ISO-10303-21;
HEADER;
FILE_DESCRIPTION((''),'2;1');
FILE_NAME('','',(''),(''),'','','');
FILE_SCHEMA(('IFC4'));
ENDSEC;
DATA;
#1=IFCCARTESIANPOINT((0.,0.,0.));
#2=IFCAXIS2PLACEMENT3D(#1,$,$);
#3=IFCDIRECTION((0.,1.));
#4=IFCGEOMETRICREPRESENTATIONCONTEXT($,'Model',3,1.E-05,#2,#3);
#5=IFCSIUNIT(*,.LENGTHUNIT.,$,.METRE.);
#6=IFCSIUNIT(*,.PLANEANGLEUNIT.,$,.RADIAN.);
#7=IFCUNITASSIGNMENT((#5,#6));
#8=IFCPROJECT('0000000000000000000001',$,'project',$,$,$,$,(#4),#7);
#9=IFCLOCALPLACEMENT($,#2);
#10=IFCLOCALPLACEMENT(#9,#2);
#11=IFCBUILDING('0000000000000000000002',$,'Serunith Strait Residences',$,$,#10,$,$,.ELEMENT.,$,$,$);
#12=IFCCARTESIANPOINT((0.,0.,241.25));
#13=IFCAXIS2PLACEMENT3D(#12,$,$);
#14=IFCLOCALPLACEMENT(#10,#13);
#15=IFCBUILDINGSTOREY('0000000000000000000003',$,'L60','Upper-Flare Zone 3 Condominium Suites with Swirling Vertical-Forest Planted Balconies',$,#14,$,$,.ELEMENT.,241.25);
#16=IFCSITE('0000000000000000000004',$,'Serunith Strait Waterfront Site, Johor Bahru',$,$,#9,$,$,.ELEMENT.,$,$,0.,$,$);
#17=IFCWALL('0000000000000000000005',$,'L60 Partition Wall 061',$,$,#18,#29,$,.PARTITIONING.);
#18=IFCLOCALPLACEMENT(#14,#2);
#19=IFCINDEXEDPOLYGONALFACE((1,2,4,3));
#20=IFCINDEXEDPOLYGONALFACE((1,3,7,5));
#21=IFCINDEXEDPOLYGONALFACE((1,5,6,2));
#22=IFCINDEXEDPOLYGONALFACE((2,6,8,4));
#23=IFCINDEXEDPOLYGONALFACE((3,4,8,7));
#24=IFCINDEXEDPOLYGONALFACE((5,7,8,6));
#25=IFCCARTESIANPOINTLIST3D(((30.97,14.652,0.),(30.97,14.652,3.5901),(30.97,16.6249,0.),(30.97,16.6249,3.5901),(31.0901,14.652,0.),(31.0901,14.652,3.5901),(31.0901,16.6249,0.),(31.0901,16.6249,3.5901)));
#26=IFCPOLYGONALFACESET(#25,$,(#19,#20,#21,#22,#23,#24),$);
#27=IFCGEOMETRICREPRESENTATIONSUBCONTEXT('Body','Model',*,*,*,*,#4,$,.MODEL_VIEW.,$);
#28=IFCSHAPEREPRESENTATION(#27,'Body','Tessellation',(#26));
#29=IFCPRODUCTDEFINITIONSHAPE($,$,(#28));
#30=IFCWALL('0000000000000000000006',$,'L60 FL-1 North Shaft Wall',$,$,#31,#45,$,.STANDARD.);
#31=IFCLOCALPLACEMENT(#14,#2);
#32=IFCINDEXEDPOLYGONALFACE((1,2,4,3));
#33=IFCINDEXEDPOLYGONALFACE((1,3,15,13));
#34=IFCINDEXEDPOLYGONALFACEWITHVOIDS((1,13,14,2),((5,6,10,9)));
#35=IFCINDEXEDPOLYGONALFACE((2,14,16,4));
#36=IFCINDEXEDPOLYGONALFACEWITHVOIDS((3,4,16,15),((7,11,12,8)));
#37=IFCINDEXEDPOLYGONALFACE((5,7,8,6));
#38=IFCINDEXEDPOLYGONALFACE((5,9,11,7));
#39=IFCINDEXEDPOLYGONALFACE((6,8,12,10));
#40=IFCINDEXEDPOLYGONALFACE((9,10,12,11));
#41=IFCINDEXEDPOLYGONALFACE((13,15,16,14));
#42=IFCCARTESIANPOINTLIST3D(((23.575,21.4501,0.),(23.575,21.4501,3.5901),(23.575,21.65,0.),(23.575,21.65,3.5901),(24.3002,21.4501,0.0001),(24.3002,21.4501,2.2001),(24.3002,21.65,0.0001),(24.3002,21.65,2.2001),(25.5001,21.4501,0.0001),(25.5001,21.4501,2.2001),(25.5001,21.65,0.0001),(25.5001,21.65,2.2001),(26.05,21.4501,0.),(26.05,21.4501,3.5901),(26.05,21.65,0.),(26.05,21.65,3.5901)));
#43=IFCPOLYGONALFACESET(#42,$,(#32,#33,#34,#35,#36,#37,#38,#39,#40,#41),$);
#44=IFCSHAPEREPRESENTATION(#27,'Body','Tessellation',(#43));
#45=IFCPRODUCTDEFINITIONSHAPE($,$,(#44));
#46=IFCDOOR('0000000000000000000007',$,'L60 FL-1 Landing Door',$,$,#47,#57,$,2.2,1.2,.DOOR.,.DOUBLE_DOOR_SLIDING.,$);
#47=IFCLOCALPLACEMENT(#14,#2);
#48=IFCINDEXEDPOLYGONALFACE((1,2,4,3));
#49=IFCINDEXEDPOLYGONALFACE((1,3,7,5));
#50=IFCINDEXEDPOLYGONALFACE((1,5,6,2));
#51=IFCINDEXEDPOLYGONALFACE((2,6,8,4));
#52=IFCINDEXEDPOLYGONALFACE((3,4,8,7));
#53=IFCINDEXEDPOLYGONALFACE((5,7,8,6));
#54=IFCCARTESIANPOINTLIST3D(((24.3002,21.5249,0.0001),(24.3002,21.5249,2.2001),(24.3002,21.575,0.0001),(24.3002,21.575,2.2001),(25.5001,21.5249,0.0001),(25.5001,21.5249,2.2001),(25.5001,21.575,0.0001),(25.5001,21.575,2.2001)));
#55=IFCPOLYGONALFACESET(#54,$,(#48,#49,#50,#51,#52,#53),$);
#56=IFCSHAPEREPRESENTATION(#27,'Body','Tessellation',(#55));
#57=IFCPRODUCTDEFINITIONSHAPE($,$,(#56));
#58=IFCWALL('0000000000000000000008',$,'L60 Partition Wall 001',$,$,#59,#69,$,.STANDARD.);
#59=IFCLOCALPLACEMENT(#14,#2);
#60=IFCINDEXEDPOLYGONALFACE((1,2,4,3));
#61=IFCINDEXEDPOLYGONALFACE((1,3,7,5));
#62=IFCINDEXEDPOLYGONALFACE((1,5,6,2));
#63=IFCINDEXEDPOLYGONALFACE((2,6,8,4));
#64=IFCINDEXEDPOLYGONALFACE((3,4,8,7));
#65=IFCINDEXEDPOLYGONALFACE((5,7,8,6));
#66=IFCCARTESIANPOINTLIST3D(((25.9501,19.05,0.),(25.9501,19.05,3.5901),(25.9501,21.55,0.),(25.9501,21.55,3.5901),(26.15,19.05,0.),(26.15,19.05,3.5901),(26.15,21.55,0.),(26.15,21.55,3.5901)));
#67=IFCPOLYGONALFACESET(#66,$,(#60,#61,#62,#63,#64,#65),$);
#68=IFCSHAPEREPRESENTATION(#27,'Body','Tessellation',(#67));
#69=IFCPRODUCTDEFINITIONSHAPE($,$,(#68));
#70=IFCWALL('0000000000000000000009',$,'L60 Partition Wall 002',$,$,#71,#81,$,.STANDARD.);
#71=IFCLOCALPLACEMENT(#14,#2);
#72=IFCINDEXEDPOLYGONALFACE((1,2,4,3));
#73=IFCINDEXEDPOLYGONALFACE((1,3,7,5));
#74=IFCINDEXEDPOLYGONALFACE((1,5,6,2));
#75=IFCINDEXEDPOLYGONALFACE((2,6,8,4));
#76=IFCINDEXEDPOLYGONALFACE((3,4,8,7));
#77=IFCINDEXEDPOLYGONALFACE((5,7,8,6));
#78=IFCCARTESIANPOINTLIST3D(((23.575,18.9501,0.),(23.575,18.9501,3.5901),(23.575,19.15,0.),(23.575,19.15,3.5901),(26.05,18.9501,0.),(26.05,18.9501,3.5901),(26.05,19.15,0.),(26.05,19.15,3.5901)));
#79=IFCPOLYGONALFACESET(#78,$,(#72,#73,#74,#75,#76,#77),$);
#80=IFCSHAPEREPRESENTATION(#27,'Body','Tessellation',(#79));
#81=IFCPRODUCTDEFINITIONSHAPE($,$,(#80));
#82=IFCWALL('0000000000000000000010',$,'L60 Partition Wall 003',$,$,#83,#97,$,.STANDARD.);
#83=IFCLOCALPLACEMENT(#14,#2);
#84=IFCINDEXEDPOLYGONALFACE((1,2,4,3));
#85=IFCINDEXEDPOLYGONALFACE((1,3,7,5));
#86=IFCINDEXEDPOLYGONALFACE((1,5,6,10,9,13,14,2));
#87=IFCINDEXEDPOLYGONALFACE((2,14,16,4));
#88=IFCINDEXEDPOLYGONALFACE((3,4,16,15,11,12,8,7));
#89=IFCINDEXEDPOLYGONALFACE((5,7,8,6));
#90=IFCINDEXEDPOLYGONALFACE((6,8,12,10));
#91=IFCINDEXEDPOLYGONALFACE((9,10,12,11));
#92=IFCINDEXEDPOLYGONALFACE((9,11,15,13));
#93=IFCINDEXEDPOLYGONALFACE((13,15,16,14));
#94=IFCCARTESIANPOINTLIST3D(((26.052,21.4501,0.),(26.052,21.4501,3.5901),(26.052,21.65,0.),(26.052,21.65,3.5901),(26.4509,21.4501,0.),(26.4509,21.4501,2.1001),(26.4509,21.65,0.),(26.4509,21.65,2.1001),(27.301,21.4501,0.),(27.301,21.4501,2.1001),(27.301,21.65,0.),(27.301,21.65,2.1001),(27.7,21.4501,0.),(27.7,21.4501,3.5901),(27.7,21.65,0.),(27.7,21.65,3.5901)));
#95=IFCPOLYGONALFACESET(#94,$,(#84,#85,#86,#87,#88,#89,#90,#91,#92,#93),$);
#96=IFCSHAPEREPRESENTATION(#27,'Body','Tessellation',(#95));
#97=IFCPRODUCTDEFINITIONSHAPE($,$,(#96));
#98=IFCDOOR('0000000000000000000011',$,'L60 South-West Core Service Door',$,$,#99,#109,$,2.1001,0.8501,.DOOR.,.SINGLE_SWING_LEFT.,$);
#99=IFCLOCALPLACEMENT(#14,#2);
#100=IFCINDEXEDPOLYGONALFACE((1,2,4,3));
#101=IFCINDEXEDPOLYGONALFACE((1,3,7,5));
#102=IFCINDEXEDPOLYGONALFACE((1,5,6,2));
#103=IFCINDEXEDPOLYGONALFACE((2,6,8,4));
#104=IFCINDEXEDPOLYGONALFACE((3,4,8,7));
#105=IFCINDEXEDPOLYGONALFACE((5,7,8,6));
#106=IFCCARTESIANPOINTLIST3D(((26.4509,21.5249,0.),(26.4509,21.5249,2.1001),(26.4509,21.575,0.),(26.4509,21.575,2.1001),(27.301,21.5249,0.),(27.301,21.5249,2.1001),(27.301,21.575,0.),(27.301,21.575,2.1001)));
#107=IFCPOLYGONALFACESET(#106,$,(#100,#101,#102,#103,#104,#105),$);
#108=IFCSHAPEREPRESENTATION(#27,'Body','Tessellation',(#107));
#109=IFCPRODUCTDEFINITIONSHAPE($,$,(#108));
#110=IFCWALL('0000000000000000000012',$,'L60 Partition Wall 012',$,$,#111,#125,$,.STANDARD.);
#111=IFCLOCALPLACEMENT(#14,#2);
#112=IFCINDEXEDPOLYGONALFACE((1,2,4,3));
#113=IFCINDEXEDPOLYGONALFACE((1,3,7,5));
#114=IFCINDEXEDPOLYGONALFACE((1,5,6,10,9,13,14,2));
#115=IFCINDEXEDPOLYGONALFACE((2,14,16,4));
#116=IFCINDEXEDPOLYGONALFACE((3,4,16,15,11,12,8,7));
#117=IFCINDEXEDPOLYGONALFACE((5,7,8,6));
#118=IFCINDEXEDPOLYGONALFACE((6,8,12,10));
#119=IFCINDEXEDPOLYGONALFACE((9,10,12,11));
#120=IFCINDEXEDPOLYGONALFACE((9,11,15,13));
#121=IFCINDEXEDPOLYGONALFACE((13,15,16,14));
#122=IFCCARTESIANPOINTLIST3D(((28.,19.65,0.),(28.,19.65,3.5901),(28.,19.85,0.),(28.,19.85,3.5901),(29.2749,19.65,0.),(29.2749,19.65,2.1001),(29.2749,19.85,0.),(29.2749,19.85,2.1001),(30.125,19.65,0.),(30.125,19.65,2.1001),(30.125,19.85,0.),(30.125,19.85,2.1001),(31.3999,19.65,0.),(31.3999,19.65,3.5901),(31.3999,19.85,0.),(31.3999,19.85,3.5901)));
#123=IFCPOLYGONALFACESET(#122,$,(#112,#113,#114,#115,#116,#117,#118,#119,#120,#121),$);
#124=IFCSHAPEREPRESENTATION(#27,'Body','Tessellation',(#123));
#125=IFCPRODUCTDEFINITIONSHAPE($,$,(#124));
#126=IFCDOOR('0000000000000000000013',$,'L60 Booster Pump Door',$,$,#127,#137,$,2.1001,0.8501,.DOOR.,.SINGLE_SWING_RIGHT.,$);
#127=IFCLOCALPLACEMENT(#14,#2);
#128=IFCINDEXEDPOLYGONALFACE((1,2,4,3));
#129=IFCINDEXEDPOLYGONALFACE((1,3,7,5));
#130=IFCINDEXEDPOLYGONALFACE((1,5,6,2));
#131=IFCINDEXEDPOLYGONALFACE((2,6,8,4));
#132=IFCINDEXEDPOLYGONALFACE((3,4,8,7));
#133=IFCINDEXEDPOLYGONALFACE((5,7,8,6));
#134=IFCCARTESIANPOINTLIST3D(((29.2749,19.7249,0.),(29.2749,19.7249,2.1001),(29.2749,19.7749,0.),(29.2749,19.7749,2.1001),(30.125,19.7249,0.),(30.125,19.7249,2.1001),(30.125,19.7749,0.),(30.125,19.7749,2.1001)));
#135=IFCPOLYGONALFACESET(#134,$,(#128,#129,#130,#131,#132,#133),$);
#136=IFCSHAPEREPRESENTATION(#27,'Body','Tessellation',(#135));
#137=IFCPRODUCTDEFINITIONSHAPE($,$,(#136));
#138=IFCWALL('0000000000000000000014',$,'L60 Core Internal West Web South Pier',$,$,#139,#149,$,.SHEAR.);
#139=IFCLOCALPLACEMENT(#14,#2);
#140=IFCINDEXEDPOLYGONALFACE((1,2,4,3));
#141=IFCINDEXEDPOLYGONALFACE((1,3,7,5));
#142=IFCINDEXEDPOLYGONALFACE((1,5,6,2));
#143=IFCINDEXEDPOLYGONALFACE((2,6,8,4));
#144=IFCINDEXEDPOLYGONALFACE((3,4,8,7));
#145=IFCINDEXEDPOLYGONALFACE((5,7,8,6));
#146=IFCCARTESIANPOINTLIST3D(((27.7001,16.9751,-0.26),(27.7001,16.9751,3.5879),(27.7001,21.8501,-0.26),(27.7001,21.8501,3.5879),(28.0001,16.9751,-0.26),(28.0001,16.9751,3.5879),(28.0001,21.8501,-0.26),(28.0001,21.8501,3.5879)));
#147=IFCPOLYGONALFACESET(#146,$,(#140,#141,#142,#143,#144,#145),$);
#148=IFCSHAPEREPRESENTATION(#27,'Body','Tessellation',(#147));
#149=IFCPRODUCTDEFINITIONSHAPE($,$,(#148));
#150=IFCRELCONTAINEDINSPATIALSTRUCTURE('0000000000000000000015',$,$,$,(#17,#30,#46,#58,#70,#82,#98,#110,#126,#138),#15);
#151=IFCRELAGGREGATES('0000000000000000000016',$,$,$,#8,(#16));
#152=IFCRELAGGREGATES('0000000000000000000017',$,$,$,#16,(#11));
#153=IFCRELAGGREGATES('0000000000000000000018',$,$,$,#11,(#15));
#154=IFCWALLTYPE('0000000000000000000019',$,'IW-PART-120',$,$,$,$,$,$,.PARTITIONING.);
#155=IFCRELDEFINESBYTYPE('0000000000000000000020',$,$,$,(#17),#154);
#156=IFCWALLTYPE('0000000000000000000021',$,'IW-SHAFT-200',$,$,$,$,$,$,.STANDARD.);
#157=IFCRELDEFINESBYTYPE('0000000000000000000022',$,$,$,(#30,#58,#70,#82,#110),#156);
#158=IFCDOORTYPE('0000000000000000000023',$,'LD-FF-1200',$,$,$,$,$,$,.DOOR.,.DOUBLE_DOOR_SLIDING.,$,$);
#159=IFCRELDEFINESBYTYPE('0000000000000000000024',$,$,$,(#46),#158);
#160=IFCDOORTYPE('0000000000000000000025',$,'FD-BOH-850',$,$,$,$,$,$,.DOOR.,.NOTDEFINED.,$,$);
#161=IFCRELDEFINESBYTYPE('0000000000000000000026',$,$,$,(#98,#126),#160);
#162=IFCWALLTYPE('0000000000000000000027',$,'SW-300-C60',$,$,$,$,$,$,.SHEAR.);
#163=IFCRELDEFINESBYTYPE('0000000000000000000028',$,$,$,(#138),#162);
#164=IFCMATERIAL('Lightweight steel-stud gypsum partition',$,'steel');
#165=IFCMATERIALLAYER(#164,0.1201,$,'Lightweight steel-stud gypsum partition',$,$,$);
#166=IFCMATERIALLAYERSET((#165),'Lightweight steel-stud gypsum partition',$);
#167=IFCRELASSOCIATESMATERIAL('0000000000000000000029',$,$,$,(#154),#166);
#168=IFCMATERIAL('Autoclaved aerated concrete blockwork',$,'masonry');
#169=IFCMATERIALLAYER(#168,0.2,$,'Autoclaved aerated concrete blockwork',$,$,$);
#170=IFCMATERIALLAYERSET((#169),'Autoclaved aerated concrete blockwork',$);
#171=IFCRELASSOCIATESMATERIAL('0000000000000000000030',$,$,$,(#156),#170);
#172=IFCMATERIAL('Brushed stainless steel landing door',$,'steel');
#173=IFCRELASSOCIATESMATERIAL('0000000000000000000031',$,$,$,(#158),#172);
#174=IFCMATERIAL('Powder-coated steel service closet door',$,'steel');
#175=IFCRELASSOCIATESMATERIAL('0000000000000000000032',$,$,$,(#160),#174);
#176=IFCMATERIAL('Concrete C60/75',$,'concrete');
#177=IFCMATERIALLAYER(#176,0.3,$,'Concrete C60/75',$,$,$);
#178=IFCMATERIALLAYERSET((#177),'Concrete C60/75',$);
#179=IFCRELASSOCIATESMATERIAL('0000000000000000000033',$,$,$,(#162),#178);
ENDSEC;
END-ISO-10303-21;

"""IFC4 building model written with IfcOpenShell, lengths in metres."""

from ifc_helpers import new_model, si_unit, direction, frame, frame_2d, origin, place, context, subcontext, project, spatial, rectangle, extrude, source, transform, mapped, material, layer, layer_set, type_object, element, fill, save


model = new_model("IFC4")

# Units and contexts
model_context = context("Model", 3, precision=1e-05, world=origin(), true_north=direction((0.0, 1.0)))
body_context = subcontext(model_context, "Body", "Model", "MODEL_VIEW")
ifc_project = project(units=[si_unit("LENGTHUNIT", "METRE"), si_unit("PLANEANGLEUNIT", "RADIAN")], contexts=[model_context])

# Site, building, storey
site_placement = place(None, origin())
site = spatial("IfcSite", under=ifc_project, at=site_placement, Name="Serunith Strait Waterfront Site, Johor Bahru", CompositionType="ELEMENT", RefElevation=0.0)
building_placement = place(site_placement, origin())
building = spatial("IfcBuilding", under=site, at=building_placement, Name="Serunith Strait Residences", CompositionType="ELEMENT")
storey_placement = place(building_placement, frame((0.0, 0.0, 241.25)))
storey = spatial("IfcBuildingStorey", under=building, at=storey_placement, Name="L60", Description="Upper-Flare Zone 3 Condominium Suites with Swirling Vertical-Forest Planted Balconies", CompositionType="ELEMENT", Elevation=241.25)

# Shared definitions
ifc_material_1 = material(Name="Lightweight steel-stud gypsum partition", Category="steel")
ifc_layer_1 = layer(ifc_material_1, 0.1201, Name="Lightweight steel-stud gypsum partition")
ifc_layer_set_1 = layer_set([ifc_layer_1], Name="Lightweight steel-stud gypsum partition")
wall_type_1 = type_object("IfcWallType", Name="IW-PART-120", PredefinedType="PARTITIONING", material=ifc_layer_set_1)

# Wall
wall_1_placement = place(storey_placement, frame((31.03, 14.6521, 0.0), z_axis=(0.0, 0.0, 1.0), x_axis=(0.0, 1.0, 0.0)))
element("IfcWall", 1, at=wall_1_placement, inside=storey, type_object=wall_type_1, Name="L60 Partition Wall 061", PredefinedType="PARTITIONING", context=body_context, shape_type="SweptSolid", body=[
    extrude(rectangle(XDim=1.9729, YDim=0.1201, at=frame_2d((0.9863, 0.0))), origin(), (0.0, 0.0, 1.0), 3.5901),
])

# Wall, opening, door
ifc_material_2 = material(Name="Autoclaved aerated concrete blockwork", Category="masonry")
ifc_layer_2 = layer(ifc_material_2, 0.2, Name="Autoclaved aerated concrete blockwork")
ifc_layer_set_2 = layer_set([ifc_layer_2], Name="Autoclaved aerated concrete blockwork")
wall_type_2 = type_object("IfcWallType", Name="IW-SHAFT-200", PredefinedType="STANDARD", material=ifc_layer_set_2)
wall_2_placement = place(storey_placement, frame((23.575, 21.55, 0.0), z_axis=(0.0, 0.0, 1.0), x_axis=(1.0, 0.0, 0.0)))
wall_2 = element("IfcWall", 2, at=wall_2_placement, inside=storey, type_object=wall_type_2, Name="L60 FL-1 North Shaft Wall", PredefinedType="STANDARD", context=body_context, shape_type="SweptSolid", body=[
    extrude(rectangle(XDim=2.4751, YDim=0.2, at=frame_2d((1.2375, 0.0))), origin(), (0.0, 0.0, 1.0), 3.5901),
])
opening_1_placement = place(wall_2_placement, frame((0.7251, 0.0, 0.0)))
opening_1 = element("IfcOpeningElement", 3, at=opening_1_placement, cuts=wall_2, PredefinedType="OPENING", context=body_context, shape_type="SweptSolid", body=[
    extrude(rectangle(XDim=1.2, YDim=2.2, at=frame_2d((0.6001, 1.1001))), frame((0.0, 0.1099, 0.0), z_axis=(0.0, -1.0, 0.0), x_axis=(1.0, 0.0, 0.0)), (0.0, 0.0, 1.0), 0.22),
])
ifc_material_3 = material(Name="Brushed stainless steel landing door", Category="steel")
door_type_1 = type_object("IfcDoorType", Name="LD-FF-1200", OperationType="DOUBLE_DOOR_SLIDING", PredefinedType="DOOR", material=ifc_material_3)
shared_shape_1 = source(origin(), body_context, "Body", "SweptSolid", [
    extrude(rectangle(XDim=1.2, YDim=2.2, at=frame_2d((0.6001, 1.1001))), frame((0.0, 0.0249, 0.0), z_axis=(0.0, -1.0, 0.0), x_axis=(1.0, 0.0, 0.0)), (0.0, 0.0, 1.0), 0.05),
])
door_1_placement = place(opening_1_placement, origin())
door_1 = element("IfcDoor", 4, at=door_1_placement, inside=storey, type_object=door_type_1, Name="L60 FL-1 Landing Door", OperationType="DOUBLE_DOOR_SLIDING", OverallHeight=2.2, OverallWidth=1.2, PredefinedType="DOOR", context=body_context, shape_type="MappedRepresentation", body=[
    mapped(shared_shape_1, transform((0.0, 0.0, 0.0), scale=1.0)),
])
fill(opening_1, door_1)

# Walls
wall_3_placement = place(storey_placement, frame((26.05, 19.05, 0.0), z_axis=(0.0, 0.0, 1.0), x_axis=(0.0, 1.0, 0.0)))
element("IfcWall", 5, at=wall_3_placement, inside=storey, type_object=wall_type_2, Name="L60 Partition Wall 001", PredefinedType="STANDARD", context=body_context, shape_type="SweptSolid", body=[
    extrude(rectangle(XDim=2.5, YDim=0.2, at=frame_2d((1.25, 0.0))), origin(), (0.0, 0.0, 1.0), 3.5901),
])
wall_4_placement = place(storey_placement, frame((23.575, 19.05, 0.0), z_axis=(0.0, 0.0, 1.0), x_axis=(1.0, 0.0, 0.0)))
element("IfcWall", 6, at=wall_4_placement, inside=storey, type_object=wall_type_2, Name="L60 Partition Wall 002", PredefinedType="STANDARD", context=body_context, shape_type="SweptSolid", body=[
    extrude(rectangle(XDim=2.4751, YDim=0.2, at=frame_2d((1.2375, 0.0))), origin(), (0.0, 0.0, 1.0), 3.5901),
])

# Walls, openings, doors
wall_5_placement = place(storey_placement, frame((26.052, 21.55, 0.0), z_axis=(0.0, 0.0, 1.0), x_axis=(1.0, 0.0, 0.0)))
wall_5 = element("IfcWall", 7, at=wall_5_placement, inside=storey, type_object=wall_type_2, Name="L60 Partition Wall 003", PredefinedType="STANDARD", context=body_context, shape_type="SweptSolid", body=[
    extrude(rectangle(XDim=1.6479, YDim=0.2, at=frame_2d((0.824, 0.0))), origin(), (0.0, 0.0, 1.0), 3.5901),
])
opening_2_placement = place(wall_5_placement, frame((0.3989, 0.0, 0.0)))
opening_2 = element("IfcOpeningElement", 8, at=opening_2_placement, cuts=wall_5, PredefinedType="OPENING", context=body_context, shape_type="SweptSolid", body=[
    extrude(rectangle(XDim=0.8501, YDim=2.1001, at=frame_2d((0.425, 1.05))), frame((0.0, 0.1099, 0.0), z_axis=(0.0, -1.0, 0.0), x_axis=(1.0, 0.0, 0.0)), (0.0, 0.0, 1.0), 0.22),
])
ifc_material_4 = material(Name="Powder-coated steel service closet door", Category="steel")
door_type_2 = type_object("IfcDoorType", Name="FD-BOH-850", OperationType="NOTDEFINED", PredefinedType="DOOR", material=ifc_material_4)
shared_shape_2 = source(origin(), body_context, "Body", "SweptSolid", [
    extrude(rectangle(XDim=0.8501, YDim=2.1001, at=frame_2d((0.425, 1.05))), frame((0.0, 0.0249, 0.0), z_axis=(0.0, -1.0, 0.0), x_axis=(1.0, 0.0, 0.0)), (0.0, 0.0, 1.0), 0.05),
])
door_2_placement = place(opening_2_placement, origin())
door_2 = element("IfcDoor", 9, at=door_2_placement, inside=storey, type_object=door_type_2, Name="L60 South-West Core Service Door", OperationType="SINGLE_SWING_LEFT", OverallHeight=2.1001, OverallWidth=0.8501, PredefinedType="DOOR", context=body_context, shape_type="MappedRepresentation", body=[
    mapped(shared_shape_2, transform((0.0, 0.0, 0.0), scale=1.0)),
])
fill(opening_2, door_2)
wall_6_placement = place(storey_placement, frame((28.0, 19.75, 0.0), z_axis=(0.0, 0.0, 1.0), x_axis=(1.0, 0.0, 0.0)))
wall_6 = element("IfcWall", 10, at=wall_6_placement, inside=storey, type_object=wall_type_2, Name="L60 Partition Wall 012", PredefinedType="STANDARD", context=body_context, shape_type="SweptSolid", body=[
    extrude(rectangle(XDim=3.3999, YDim=0.2, at=frame_2d((1.7, 0.0))), origin(), (0.0, 0.0, 1.0), 3.5901),
])
opening_3_placement = place(wall_6_placement, frame((1.2749, 0.0, 0.0)))
opening_3 = element("IfcOpeningElement", 11, at=opening_3_placement, cuts=wall_6, PredefinedType="OPENING", context=body_context, shape_type="SweptSolid", body=[
    extrude(rectangle(XDim=0.8501, YDim=2.1001, at=frame_2d((0.425, 1.05))), frame((0.0, 0.1099, 0.0), z_axis=(0.0, -1.0, 0.0), x_axis=(1.0, 0.0, 0.0)), (0.0, 0.0, 1.0), 0.22),
])
door_3_placement = place(opening_3_placement, origin())
door_3 = element("IfcDoor", 12, at=door_3_placement, inside=storey, type_object=door_type_2, Name="L60 Booster Pump Door", OperationType="SINGLE_SWING_RIGHT", OverallHeight=2.1001, OverallWidth=0.8501, PredefinedType="DOOR", context=body_context, shape_type="MappedRepresentation", body=[
    mapped(shared_shape_2, transform((0.0, 0.0, 0.0), scale=1.0)),
])
fill(opening_3, door_3)

# Wall
ifc_material_5 = material(Name="Concrete C60/75", Category="concrete")
ifc_layer_3 = layer(ifc_material_5, 0.3, Name="Concrete C60/75")
ifc_layer_set_3 = layer_set([ifc_layer_3], Name="Concrete C60/75")
wall_type_3 = type_object("IfcWallType", Name="SW-300-C60", PredefinedType="SHEAR", material=ifc_layer_set_3)
wall_7_placement = place(storey_placement, frame((27.8501, 16.9751, -0.26), z_axis=(0.0, 0.0, 1.0), x_axis=(0.0, 1.0, 0.0)))
element("IfcWall", 13, at=wall_7_placement, inside=storey, type_object=wall_type_3, Name="L60 Core Internal West Web South Pier", PredefinedType="SHEAR", context=body_context, shape_type="SweptSolid", body=[
    extrude(rectangle(XDim=4.875, YDim=0.3, at=frame_2d((2.4375, 0.0))), origin(), (0.0, 0.0, 1.0), 3.8479),
])

save(model, "model.ifc")
